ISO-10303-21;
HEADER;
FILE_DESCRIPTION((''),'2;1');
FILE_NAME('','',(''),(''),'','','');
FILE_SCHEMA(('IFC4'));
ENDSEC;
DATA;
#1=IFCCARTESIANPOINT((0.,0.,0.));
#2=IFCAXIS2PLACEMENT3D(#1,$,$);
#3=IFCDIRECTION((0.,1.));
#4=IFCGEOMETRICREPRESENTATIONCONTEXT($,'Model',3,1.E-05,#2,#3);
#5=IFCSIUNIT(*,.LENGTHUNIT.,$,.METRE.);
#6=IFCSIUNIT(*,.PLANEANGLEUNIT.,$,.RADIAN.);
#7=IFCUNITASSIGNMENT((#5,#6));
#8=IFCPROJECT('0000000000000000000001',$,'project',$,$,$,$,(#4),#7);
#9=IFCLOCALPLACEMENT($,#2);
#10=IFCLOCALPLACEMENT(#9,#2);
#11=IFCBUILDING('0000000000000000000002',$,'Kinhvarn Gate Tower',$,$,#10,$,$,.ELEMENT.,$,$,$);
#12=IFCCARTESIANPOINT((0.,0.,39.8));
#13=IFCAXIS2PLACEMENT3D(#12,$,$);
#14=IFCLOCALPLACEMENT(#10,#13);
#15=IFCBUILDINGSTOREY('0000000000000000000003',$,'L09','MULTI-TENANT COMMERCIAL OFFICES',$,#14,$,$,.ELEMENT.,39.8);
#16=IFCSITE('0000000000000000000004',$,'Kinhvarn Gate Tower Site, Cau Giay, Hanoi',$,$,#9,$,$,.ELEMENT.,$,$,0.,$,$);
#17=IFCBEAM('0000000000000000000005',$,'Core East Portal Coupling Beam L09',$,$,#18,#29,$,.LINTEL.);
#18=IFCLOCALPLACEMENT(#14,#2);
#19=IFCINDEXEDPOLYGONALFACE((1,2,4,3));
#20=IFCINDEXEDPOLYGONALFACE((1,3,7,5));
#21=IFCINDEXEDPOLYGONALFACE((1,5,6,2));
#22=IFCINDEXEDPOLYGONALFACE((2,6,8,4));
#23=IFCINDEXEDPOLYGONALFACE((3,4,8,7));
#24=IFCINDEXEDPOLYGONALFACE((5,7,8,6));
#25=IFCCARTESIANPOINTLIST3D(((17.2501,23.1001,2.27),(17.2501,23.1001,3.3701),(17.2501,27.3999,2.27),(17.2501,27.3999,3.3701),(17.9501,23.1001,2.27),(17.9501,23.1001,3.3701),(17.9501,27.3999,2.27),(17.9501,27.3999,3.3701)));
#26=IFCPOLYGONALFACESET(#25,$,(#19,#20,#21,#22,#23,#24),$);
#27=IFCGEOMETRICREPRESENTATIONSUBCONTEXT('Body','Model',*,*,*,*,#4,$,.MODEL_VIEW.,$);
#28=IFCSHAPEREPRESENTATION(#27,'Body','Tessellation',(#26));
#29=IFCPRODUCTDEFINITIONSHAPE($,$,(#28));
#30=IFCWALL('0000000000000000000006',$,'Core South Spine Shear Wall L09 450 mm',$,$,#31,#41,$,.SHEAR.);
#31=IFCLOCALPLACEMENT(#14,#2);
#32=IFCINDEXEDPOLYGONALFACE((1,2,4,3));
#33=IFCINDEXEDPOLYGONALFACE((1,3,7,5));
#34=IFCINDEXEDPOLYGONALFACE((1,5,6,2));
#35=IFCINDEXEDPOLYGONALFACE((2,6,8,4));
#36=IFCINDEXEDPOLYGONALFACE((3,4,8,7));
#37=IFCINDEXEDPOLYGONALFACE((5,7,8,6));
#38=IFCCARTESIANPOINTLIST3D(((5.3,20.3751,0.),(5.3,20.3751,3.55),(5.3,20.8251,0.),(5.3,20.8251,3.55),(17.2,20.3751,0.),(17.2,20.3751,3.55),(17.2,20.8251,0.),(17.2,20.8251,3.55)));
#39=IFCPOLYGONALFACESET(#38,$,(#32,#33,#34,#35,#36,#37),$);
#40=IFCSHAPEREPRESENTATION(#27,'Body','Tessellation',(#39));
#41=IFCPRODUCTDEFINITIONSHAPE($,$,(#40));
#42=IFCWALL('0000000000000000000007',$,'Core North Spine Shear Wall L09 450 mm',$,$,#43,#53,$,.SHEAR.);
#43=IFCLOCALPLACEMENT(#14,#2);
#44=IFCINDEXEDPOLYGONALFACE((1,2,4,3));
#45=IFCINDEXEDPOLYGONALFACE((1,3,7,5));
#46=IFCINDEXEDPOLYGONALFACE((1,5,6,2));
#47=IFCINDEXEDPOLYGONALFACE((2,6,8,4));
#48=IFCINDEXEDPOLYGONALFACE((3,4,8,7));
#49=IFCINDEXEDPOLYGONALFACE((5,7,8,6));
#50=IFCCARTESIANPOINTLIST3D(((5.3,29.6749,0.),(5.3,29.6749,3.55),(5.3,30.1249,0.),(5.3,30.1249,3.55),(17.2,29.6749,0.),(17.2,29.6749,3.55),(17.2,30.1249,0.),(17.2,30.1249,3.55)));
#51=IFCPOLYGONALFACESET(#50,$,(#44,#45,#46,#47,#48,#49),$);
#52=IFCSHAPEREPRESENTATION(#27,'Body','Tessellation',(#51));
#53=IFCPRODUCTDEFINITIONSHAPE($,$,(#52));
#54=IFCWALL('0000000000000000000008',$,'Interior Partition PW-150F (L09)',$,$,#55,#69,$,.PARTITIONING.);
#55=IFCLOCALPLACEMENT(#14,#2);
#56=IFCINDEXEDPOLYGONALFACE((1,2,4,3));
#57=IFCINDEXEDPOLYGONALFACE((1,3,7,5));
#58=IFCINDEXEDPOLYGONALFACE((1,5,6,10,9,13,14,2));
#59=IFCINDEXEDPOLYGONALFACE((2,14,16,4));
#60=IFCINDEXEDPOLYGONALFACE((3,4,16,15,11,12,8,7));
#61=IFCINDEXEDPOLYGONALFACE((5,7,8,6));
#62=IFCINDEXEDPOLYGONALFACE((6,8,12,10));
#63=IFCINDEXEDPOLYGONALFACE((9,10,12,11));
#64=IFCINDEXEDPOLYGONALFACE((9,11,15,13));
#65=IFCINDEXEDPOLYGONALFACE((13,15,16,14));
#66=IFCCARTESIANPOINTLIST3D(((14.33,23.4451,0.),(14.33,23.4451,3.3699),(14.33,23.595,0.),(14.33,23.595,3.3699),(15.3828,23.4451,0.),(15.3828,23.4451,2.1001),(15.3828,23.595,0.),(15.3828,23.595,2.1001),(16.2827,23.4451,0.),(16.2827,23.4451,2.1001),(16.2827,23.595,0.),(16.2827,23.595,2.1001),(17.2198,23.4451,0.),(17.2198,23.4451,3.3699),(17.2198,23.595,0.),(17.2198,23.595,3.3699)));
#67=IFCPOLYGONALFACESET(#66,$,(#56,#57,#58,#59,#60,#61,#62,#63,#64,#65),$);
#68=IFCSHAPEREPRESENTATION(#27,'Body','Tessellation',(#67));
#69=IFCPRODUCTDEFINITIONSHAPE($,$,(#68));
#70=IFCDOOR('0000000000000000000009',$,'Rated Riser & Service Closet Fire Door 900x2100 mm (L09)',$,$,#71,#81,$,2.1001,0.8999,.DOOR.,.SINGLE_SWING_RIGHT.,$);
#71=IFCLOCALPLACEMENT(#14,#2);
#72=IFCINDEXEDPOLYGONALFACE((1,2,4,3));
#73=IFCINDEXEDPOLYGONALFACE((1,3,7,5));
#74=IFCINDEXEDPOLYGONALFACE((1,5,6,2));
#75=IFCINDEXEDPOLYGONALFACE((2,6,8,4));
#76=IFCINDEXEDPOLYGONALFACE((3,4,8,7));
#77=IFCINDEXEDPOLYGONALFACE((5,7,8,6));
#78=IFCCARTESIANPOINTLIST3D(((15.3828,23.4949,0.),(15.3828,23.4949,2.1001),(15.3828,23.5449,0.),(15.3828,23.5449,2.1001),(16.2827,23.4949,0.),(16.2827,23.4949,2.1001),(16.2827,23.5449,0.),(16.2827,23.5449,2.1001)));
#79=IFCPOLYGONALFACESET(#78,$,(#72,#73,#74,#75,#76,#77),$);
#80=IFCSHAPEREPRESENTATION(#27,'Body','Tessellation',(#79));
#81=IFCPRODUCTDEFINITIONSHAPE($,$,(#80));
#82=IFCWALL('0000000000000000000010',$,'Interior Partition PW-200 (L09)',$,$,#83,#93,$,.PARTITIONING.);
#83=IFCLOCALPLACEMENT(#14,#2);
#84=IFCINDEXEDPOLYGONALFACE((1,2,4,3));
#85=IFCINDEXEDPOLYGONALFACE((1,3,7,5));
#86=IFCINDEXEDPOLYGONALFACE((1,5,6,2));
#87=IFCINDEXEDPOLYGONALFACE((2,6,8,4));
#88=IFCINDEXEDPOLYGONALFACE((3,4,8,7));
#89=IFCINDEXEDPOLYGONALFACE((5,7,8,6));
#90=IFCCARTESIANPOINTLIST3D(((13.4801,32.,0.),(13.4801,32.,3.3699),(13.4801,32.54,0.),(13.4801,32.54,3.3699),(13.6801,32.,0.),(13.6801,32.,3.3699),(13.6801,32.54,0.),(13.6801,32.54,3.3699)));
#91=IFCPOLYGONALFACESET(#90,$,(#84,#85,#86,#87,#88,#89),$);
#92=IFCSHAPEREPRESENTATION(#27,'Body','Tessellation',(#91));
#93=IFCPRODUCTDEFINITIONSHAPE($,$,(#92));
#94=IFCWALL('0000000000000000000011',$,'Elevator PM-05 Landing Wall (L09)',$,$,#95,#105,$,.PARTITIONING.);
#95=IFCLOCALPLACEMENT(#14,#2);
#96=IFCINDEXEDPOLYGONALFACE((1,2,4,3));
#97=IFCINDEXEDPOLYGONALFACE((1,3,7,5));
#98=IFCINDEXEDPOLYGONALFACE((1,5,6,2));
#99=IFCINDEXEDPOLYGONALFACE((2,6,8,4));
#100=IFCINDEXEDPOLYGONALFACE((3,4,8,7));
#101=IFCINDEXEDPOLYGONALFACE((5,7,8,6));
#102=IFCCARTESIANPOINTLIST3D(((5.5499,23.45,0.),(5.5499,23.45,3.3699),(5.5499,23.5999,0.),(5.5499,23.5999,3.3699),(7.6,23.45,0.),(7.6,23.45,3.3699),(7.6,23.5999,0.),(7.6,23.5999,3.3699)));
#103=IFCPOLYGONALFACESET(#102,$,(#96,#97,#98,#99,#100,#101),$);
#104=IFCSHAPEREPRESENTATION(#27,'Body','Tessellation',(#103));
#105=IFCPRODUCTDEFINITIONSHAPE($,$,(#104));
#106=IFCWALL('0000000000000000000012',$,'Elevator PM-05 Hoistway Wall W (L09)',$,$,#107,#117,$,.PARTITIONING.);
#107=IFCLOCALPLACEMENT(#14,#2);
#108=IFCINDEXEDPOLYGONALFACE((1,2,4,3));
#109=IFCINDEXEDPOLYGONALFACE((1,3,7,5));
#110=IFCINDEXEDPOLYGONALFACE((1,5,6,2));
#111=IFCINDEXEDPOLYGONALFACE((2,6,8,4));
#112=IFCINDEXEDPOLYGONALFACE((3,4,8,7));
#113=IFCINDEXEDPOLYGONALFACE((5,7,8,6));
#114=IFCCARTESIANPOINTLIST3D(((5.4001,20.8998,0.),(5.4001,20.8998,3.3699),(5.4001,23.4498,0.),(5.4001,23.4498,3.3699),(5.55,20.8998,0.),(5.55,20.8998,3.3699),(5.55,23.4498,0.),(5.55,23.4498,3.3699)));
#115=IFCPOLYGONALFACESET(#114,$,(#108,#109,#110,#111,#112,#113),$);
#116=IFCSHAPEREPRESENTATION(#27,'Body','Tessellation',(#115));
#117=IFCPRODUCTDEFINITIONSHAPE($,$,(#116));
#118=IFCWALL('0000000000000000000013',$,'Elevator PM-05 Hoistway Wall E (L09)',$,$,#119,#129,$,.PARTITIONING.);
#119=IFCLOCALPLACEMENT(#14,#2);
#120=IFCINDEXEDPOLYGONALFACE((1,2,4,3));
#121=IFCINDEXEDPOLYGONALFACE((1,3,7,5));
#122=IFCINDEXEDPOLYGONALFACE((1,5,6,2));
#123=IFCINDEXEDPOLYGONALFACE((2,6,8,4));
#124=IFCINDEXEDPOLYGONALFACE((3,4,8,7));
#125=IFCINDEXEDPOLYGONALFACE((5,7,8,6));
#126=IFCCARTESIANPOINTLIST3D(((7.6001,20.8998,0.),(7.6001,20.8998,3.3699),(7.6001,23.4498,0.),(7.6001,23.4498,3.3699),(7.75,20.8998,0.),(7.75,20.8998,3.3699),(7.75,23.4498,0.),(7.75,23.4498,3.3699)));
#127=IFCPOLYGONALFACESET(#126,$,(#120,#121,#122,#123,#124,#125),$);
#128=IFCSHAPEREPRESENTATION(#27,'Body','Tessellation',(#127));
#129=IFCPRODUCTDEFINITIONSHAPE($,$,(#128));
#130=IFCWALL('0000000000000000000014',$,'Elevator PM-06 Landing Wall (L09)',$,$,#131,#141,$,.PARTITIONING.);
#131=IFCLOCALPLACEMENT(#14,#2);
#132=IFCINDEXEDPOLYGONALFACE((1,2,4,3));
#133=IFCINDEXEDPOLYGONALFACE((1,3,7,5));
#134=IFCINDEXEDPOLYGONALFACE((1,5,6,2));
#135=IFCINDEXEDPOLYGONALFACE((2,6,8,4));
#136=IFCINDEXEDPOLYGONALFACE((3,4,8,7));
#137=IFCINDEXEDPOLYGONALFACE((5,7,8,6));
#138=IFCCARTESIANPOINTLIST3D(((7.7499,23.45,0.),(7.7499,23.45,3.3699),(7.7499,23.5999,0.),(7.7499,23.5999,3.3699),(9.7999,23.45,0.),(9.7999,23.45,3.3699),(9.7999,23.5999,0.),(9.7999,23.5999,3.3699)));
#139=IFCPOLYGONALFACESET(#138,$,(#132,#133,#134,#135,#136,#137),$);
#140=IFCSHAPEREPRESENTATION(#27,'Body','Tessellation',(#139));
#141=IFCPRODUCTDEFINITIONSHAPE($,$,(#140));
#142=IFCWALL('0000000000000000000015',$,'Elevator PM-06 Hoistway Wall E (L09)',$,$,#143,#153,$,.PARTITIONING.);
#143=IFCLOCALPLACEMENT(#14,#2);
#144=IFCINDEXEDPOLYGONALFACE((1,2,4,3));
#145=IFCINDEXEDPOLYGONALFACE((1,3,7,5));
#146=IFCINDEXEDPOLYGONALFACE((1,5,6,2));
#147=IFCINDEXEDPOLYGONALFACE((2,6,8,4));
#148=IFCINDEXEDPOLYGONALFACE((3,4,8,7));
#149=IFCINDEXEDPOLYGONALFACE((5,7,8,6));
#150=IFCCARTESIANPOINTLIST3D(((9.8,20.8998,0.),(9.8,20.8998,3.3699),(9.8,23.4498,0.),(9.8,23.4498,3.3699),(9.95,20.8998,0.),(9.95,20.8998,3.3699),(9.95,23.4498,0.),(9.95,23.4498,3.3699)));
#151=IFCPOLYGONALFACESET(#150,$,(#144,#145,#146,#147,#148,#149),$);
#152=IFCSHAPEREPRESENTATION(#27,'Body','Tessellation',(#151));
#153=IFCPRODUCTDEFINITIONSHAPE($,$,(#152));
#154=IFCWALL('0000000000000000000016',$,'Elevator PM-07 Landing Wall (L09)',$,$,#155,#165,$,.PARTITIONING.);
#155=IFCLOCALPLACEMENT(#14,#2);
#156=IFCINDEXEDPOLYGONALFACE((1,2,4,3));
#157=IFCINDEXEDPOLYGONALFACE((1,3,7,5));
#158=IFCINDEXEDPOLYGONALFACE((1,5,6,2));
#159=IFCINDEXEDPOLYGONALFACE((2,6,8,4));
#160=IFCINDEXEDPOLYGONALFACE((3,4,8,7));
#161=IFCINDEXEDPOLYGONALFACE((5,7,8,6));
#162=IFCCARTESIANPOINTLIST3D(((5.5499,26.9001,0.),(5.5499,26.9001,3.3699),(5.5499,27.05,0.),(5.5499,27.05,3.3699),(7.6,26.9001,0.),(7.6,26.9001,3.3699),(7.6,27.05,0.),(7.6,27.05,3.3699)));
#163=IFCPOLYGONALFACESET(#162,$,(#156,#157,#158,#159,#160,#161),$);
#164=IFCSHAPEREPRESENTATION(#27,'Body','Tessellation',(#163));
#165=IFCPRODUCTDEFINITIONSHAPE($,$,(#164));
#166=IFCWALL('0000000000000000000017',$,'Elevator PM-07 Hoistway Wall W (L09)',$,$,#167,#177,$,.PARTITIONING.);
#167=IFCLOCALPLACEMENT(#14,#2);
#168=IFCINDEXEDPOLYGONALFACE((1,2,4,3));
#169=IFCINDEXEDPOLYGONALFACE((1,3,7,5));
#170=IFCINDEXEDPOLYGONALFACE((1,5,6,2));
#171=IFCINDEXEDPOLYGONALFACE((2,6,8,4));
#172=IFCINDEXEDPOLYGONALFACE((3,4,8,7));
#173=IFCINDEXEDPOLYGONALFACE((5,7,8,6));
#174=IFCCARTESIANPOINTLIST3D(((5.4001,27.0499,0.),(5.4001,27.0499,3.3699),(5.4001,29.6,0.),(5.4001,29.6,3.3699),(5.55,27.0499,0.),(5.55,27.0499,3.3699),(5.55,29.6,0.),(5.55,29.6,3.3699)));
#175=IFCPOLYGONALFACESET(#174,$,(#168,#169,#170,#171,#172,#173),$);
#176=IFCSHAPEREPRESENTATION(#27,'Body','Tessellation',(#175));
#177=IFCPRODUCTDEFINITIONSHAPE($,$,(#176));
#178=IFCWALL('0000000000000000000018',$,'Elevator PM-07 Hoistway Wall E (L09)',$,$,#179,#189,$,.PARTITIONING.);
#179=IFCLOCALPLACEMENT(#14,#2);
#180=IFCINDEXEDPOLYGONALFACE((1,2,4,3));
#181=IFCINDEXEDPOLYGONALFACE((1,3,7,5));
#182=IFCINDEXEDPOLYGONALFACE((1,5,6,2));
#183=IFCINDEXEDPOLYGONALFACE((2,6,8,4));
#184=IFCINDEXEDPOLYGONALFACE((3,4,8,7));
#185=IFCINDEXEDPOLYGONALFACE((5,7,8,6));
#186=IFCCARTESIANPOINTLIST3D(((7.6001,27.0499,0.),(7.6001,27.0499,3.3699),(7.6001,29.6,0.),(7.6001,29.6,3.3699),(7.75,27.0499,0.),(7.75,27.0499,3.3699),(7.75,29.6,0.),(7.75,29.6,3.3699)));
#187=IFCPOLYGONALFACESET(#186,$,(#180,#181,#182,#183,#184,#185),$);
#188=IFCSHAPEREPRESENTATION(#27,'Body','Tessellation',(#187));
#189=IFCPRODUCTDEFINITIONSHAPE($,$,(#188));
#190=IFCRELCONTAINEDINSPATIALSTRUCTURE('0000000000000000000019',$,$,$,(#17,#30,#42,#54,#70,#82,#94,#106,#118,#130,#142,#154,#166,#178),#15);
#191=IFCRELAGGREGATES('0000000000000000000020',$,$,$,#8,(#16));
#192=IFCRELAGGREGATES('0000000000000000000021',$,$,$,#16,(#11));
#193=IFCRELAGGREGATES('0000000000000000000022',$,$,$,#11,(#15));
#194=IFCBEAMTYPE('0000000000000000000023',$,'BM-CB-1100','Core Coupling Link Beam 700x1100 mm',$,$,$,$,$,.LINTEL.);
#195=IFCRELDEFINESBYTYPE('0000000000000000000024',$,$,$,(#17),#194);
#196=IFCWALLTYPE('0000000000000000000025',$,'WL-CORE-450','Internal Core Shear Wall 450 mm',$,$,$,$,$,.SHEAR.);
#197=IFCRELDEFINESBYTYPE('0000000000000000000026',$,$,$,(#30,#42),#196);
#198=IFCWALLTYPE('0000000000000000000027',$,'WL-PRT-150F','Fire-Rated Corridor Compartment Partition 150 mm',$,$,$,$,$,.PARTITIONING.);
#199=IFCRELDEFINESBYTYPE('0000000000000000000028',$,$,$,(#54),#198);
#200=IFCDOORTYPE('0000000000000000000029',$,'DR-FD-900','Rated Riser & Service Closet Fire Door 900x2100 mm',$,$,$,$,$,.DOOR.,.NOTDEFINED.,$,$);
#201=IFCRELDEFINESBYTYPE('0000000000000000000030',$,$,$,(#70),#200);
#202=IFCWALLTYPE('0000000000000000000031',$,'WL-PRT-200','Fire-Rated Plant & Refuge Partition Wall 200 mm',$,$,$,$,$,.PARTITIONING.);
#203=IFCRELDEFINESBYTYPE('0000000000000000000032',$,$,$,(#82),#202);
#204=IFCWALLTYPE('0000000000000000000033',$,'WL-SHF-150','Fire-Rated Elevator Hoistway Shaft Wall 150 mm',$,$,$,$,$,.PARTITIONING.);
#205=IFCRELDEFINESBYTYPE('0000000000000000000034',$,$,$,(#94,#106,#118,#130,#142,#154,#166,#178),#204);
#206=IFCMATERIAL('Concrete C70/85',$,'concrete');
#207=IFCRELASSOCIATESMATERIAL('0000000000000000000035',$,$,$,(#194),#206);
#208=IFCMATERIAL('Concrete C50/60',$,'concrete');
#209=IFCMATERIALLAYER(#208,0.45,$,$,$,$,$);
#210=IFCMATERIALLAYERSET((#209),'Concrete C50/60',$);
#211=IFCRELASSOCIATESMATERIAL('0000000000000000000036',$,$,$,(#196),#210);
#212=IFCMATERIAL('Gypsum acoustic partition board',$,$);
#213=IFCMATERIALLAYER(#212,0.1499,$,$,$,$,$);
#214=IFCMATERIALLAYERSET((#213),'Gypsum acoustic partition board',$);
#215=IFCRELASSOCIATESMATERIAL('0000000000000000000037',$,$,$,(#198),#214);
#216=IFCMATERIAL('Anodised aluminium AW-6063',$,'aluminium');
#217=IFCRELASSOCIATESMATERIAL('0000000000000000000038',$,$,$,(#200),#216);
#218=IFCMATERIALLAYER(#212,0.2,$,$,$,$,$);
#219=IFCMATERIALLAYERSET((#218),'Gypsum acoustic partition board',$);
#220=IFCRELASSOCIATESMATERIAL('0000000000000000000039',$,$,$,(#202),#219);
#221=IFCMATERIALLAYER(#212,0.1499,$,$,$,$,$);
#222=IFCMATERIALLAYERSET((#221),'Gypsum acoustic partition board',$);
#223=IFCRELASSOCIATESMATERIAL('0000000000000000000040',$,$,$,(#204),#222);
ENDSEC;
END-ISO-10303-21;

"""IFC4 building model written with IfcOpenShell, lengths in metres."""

from ifc_helpers import new_model, si_unit, direction, frame, frame_2d, origin, origin_2d, place, context, subcontext, project, spatial, rectangle, extrude, material, layer, layer_set, material_profile, profile_set, type_object, element, fill, save


model = new_model("IFC4")

# Units and contexts
model_context = context("Model", 3, precision=1e-05, world=origin(), true_north=direction((0.0, 1.0)))
body_context = subcontext(model_context, "Body", "Model", "MODEL_VIEW")
ifc_project = project(units=[si_unit("LENGTHUNIT", "METRE"), si_unit("PLANEANGLEUNIT", "RADIAN")], contexts=[model_context])

# Site, building, storey
site_placement = place(None, origin())
site = spatial("IfcSite", under=ifc_project, at=site_placement, Name="Kinhvarn Gate Tower Site, Cau Giay, Hanoi", CompositionType="ELEMENT", RefElevation=0.0)
building_placement = place(site_placement, origin())
building = spatial("IfcBuilding", under=site, at=building_placement, Name="Kinhvarn Gate Tower", CompositionType="ELEMENT")
storey_placement = place(building_placement, frame((0.0, 0.0, 39.8)))
storey = spatial("IfcBuildingStorey", under=building, at=storey_placement, Name="L09", Description="MULTI-TENANT COMMERCIAL OFFICES", CompositionType="ELEMENT", Elevation=39.8)

# Beam
ifc_material_1 = material(Name="Concrete C70/85", Category="concrete")
ifc_material_profile = material_profile(ifc_material_1, rectangle(XDim=0.7, YDim=1.1001, at=origin_2d()), Name="RC 700x1100")
ifc_profile_set = profile_set([ifc_material_profile], Name="Concrete C70/85")
beam_type = type_object("IfcBeamType", Name="BM-CB-1100", Description="Core Coupling Link Beam 700x1100 mm", PredefinedType="LINTEL", material=ifc_profile_set)
beam_placement = place(storey_placement, frame((17.6001, 23.1001, 2.8201), z_axis=(0.0, 1.0, 0.0), x_axis=(-1.0, 0.0, 0.0)))
element("IfcBeam", 1, at=beam_placement, inside=storey, type_object=beam_type, Name="Core East Portal Coupling Beam L09", PredefinedType="LINTEL", context=body_context, shape_type="SweptSolid", body=[
    extrude(rectangle(XDim=0.7, YDim=1.1001, at=origin_2d()), origin(), (0.0, 0.0, 1.0), 4.2998),
])

# Walls
ifc_material_2 = material(Name="Concrete C50/60", Category="concrete")
ifc_layer_1 = layer(ifc_material_2, 0.45)
ifc_layer_set_1 = layer_set([ifc_layer_1], Name="Concrete C50/60")
wall_type_1 = type_object("IfcWallType", Name="WL-CORE-450", Description="Internal Core Shear Wall 450 mm", PredefinedType="SHEAR", material=ifc_layer_set_1)
for number, where, z_axis, x_axis, name in (
    (2, (5.3, 20.6001, 0.0), (0.0, 0.0, 1.0), (1.0, 0.0, 0.0), "Core South Spine Shear Wall L09 450 mm"),
    (3, (5.3, 29.8999, 0.0), (0.0, 0.0, 1.0), (1.0, 0.0, 0.0), "Core North Spine Shear Wall L09 450 mm"),
):
    element("IfcWall", number, at=place(storey_placement, frame(where, z_axis=z_axis, x_axis=x_axis)), inside=storey, type_object=wall_type_1, Name=name, PredefinedType="SHEAR", context=body_context, shape_type="SweptSolid", body=[
        extrude(rectangle(XDim=11.8999, YDim=0.45, at=frame_2d((5.95, 0.0))), origin(), (0.0, 0.0, 1.0), 3.55),
    ])

# Wall, opening, door
ifc_material_3 = material(Name="Anodised aluminium AW-6063", Category="aluminium")
ifc_material_4 = material(Name="Gypsum acoustic partition board")
ifc_layer_2 = layer(ifc_material_4, 0.1499)
ifc_layer_set_2 = layer_set([ifc_layer_2], Name="Gypsum acoustic partition board")
wall_type_2 = type_object("IfcWallType", Name="WL-PRT-150F", Description="Fire-Rated Corridor Compartment Partition 150 mm", PredefinedType="PARTITIONING", material=ifc_layer_set_2)
wall_1_placement = place(storey_placement, frame((14.3301, 23.52, 0.0), z_axis=(0.0, 0.0, 1.0), x_axis=(1.0, 0.0, 0.0)))
wall_1 = element("IfcWall", 4, at=wall_1_placement, inside=storey, type_object=wall_type_2, Name="Interior Partition PW-150F (L09)", PredefinedType="PARTITIONING", context=body_context, shape_type="SweptSolid", body=[
    extrude(rectangle(XDim=2.8899, YDim=0.1499, at=frame_2d((1.4448, 0.0))), origin(), (0.0, 0.0, 1.0), 3.3699),
])
opening_1_placement = place(wall_1_placement, frame((1.0527, 0.0, 0.0)))
opening_1 = element("IfcOpeningElement", 5, at=opening_1_placement, cuts=wall_1, PredefinedType="OPENING", context=body_context, shape_type="SweptSolid", body=[
    extrude(rectangle(XDim=0.8999, YDim=2.1001, at=frame_2d((0.45, 1.05))), frame((0.0, 0.085, 0.0), z_axis=(0.0, -1.0, 0.0), x_axis=(1.0, 0.0, 0.0)), (0.0, 0.0, 1.0), 0.1699),
])
door_type_1 = type_object("IfcDoorType", Name="DR-FD-900", Description="Rated Riser & Service Closet Fire Door 900x2100 mm", OperationType="NOTDEFINED", PredefinedType="DOOR", material=ifc_material_3)
door_1_placement = place(opening_1_placement, origin())
door_1 = element("IfcDoor", 6, at=door_1_placement, inside=storey, type_object=door_type_1, Name="Rated Riser & Service Closet Fire Door 900x2100 mm (L09)", OperationType="SINGLE_SWING_RIGHT", OverallHeight=2.1001, OverallWidth=0.8999, PredefinedType="DOOR", context=body_context, shape_type="SweptSolid", body=[
    extrude(rectangle(XDim=0.8999, YDim=2.1001, at=frame_2d((0.45, 1.05))), frame((0.0, 0.0249, 0.0), z_axis=(0.0, -1.0, 0.0), x_axis=(1.0, 0.0, 0.0)), (0.0, 0.0, 1.0), 0.05),
])
fill(opening_1, door_1)

# Walls
ifc_layer_3 = layer(ifc_material_4, 0.2)
ifc_layer_set_3 = layer_set([ifc_layer_3], Name="Gypsum acoustic partition board")
wall_type_3 = type_object("IfcWallType", Name="WL-PRT-200", Description="Fire-Rated Plant & Refuge Partition Wall 200 mm", PredefinedType="PARTITIONING", material=ifc_layer_set_3)
wall_2_placement = place(storey_placement, frame((13.5801, 32.0, 0.0), z_axis=(0.0, 0.0, 1.0), x_axis=(0.0, 1.0, 0.0)))
element("IfcWall", 7, at=wall_2_placement, inside=storey, type_object=wall_type_3, Name="Interior Partition PW-200 (L09)", PredefinedType="PARTITIONING", context=body_context, shape_type="SweptSolid", body=[
    extrude(rectangle(XDim=0.54, YDim=0.2, at=frame_2d((0.27, 0.0))), origin(), (0.0, 0.0, 1.0), 3.3699),
])
ifc_layer_4 = layer(ifc_material_4, 0.1499)
ifc_layer_set_4 = layer_set([ifc_layer_4], Name="Gypsum acoustic partition board")
wall_type_4 = type_object("IfcWallType", Name="WL-SHF-150", Description="Fire-Rated Elevator Hoistway Shaft Wall 150 mm", PredefinedType="PARTITIONING", material=ifc_layer_set_4)
wall_3_placement = place(storey_placement, frame((5.55, 23.5249, 0.0), z_axis=(0.0, 0.0, 1.0), x_axis=(1.0, 0.0, 0.0)))
element("IfcWall", 8, at=wall_3_placement, inside=storey, type_object=wall_type_4, Name="Elevator PM-05 Landing Wall (L09)", PredefinedType="PARTITIONING", context=body_context, shape_type="SweptSolid", body=[
    extrude(rectangle(XDim=2.05, YDim=0.1499, at=frame_2d((1.0249, 0.0))), origin(), (0.0, 0.0, 1.0), 3.3699),
])
for number, where, z_axis, x_axis, name in (
    (9, (5.4751, 20.8999, 0.0), (0.0, 0.0, 1.0), (0.0, 1.0, 0.0), "Elevator PM-05 Hoistway Wall W (L09)"),
    (10, (7.675, 20.8999, 0.0), (0.0, 0.0, 1.0), (0.0, 1.0, 0.0), "Elevator PM-05 Hoistway Wall E (L09)"),
):
    element("IfcWall", number, at=place(storey_placement, frame(where, z_axis=z_axis, x_axis=x_axis)), inside=storey, type_object=wall_type_4, Name=name, PredefinedType="PARTITIONING", context=body_context, shape_type="SweptSolid", body=[
        extrude(rectangle(XDim=2.55, YDim=0.1499, at=frame_2d((1.2749, 0.0))), origin(), (0.0, 0.0, 1.0), 3.3699),
    ])
wall_4_placement = place(storey_placement, frame((7.75, 23.5249, 0.0), z_axis=(0.0, 0.0, 1.0), x_axis=(1.0, 0.0, 0.0)))
element("IfcWall", 11, at=wall_4_placement, inside=storey, type_object=wall_type_4, Name="Elevator PM-06 Landing Wall (L09)", PredefinedType="PARTITIONING", context=body_context, shape_type="SweptSolid", body=[
    extrude(rectangle(XDim=2.05, YDim=0.1499, at=frame_2d((1.0249, 0.0))), origin(), (0.0, 0.0, 1.0), 3.3699),
])
wall_5_placement = place(storey_placement, frame((9.875, 20.8999, 0.0), z_axis=(0.0, 0.0, 1.0), x_axis=(0.0, 1.0, 0.0)))
element("IfcWall", 12, at=wall_5_placement, inside=storey, type_object=wall_type_4, Name="Elevator PM-06 Hoistway Wall E (L09)", PredefinedType="PARTITIONING", context=body_context, shape_type="SweptSolid", body=[
    extrude(rectangle(XDim=2.55, YDim=0.1499, at=frame_2d((1.2749, 0.0))), origin(), (0.0, 0.0, 1.0), 3.3699),
])
wall_6_placement = place(storey_placement, frame((5.55, 26.9751, 0.0), z_axis=(0.0, 0.0, 1.0), x_axis=(1.0, 0.0, 0.0)))
element("IfcWall", 13, at=wall_6_placement, inside=storey, type_object=wall_type_4, Name="Elevator PM-07 Landing Wall (L09)", PredefinedType="PARTITIONING", context=body_context, shape_type="SweptSolid", body=[
    extrude(rectangle(XDim=2.05, YDim=0.1499, at=frame_2d((1.0249, 0.0))), origin(), (0.0, 0.0, 1.0), 3.3699),
])
for number, where, z_axis, x_axis, name in (
    (14, (5.4751, 27.05, 0.0), (0.0, 0.0, 1.0), (0.0, 1.0, 0.0), "Elevator PM-07 Hoistway Wall W (L09)"),
    (15, (7.675, 27.05, 0.0), (0.0, 0.0, 1.0), (0.0, 1.0, 0.0), "Elevator PM-07 Hoistway Wall E (L09)"),
):
    element("IfcWall", number, at=place(storey_placement, frame(where, z_axis=z_axis, x_axis=x_axis)), inside=storey, type_object=wall_type_4, Name=name, PredefinedType="PARTITIONING", context=body_context, shape_type="SweptSolid", body=[
        extrude(rectangle(XDim=2.55, YDim=0.1499, at=frame_2d((1.2749, 0.0))), origin(), (0.0, 0.0, 1.0), 3.3699),
    ])

save(model, "model.ifc")
